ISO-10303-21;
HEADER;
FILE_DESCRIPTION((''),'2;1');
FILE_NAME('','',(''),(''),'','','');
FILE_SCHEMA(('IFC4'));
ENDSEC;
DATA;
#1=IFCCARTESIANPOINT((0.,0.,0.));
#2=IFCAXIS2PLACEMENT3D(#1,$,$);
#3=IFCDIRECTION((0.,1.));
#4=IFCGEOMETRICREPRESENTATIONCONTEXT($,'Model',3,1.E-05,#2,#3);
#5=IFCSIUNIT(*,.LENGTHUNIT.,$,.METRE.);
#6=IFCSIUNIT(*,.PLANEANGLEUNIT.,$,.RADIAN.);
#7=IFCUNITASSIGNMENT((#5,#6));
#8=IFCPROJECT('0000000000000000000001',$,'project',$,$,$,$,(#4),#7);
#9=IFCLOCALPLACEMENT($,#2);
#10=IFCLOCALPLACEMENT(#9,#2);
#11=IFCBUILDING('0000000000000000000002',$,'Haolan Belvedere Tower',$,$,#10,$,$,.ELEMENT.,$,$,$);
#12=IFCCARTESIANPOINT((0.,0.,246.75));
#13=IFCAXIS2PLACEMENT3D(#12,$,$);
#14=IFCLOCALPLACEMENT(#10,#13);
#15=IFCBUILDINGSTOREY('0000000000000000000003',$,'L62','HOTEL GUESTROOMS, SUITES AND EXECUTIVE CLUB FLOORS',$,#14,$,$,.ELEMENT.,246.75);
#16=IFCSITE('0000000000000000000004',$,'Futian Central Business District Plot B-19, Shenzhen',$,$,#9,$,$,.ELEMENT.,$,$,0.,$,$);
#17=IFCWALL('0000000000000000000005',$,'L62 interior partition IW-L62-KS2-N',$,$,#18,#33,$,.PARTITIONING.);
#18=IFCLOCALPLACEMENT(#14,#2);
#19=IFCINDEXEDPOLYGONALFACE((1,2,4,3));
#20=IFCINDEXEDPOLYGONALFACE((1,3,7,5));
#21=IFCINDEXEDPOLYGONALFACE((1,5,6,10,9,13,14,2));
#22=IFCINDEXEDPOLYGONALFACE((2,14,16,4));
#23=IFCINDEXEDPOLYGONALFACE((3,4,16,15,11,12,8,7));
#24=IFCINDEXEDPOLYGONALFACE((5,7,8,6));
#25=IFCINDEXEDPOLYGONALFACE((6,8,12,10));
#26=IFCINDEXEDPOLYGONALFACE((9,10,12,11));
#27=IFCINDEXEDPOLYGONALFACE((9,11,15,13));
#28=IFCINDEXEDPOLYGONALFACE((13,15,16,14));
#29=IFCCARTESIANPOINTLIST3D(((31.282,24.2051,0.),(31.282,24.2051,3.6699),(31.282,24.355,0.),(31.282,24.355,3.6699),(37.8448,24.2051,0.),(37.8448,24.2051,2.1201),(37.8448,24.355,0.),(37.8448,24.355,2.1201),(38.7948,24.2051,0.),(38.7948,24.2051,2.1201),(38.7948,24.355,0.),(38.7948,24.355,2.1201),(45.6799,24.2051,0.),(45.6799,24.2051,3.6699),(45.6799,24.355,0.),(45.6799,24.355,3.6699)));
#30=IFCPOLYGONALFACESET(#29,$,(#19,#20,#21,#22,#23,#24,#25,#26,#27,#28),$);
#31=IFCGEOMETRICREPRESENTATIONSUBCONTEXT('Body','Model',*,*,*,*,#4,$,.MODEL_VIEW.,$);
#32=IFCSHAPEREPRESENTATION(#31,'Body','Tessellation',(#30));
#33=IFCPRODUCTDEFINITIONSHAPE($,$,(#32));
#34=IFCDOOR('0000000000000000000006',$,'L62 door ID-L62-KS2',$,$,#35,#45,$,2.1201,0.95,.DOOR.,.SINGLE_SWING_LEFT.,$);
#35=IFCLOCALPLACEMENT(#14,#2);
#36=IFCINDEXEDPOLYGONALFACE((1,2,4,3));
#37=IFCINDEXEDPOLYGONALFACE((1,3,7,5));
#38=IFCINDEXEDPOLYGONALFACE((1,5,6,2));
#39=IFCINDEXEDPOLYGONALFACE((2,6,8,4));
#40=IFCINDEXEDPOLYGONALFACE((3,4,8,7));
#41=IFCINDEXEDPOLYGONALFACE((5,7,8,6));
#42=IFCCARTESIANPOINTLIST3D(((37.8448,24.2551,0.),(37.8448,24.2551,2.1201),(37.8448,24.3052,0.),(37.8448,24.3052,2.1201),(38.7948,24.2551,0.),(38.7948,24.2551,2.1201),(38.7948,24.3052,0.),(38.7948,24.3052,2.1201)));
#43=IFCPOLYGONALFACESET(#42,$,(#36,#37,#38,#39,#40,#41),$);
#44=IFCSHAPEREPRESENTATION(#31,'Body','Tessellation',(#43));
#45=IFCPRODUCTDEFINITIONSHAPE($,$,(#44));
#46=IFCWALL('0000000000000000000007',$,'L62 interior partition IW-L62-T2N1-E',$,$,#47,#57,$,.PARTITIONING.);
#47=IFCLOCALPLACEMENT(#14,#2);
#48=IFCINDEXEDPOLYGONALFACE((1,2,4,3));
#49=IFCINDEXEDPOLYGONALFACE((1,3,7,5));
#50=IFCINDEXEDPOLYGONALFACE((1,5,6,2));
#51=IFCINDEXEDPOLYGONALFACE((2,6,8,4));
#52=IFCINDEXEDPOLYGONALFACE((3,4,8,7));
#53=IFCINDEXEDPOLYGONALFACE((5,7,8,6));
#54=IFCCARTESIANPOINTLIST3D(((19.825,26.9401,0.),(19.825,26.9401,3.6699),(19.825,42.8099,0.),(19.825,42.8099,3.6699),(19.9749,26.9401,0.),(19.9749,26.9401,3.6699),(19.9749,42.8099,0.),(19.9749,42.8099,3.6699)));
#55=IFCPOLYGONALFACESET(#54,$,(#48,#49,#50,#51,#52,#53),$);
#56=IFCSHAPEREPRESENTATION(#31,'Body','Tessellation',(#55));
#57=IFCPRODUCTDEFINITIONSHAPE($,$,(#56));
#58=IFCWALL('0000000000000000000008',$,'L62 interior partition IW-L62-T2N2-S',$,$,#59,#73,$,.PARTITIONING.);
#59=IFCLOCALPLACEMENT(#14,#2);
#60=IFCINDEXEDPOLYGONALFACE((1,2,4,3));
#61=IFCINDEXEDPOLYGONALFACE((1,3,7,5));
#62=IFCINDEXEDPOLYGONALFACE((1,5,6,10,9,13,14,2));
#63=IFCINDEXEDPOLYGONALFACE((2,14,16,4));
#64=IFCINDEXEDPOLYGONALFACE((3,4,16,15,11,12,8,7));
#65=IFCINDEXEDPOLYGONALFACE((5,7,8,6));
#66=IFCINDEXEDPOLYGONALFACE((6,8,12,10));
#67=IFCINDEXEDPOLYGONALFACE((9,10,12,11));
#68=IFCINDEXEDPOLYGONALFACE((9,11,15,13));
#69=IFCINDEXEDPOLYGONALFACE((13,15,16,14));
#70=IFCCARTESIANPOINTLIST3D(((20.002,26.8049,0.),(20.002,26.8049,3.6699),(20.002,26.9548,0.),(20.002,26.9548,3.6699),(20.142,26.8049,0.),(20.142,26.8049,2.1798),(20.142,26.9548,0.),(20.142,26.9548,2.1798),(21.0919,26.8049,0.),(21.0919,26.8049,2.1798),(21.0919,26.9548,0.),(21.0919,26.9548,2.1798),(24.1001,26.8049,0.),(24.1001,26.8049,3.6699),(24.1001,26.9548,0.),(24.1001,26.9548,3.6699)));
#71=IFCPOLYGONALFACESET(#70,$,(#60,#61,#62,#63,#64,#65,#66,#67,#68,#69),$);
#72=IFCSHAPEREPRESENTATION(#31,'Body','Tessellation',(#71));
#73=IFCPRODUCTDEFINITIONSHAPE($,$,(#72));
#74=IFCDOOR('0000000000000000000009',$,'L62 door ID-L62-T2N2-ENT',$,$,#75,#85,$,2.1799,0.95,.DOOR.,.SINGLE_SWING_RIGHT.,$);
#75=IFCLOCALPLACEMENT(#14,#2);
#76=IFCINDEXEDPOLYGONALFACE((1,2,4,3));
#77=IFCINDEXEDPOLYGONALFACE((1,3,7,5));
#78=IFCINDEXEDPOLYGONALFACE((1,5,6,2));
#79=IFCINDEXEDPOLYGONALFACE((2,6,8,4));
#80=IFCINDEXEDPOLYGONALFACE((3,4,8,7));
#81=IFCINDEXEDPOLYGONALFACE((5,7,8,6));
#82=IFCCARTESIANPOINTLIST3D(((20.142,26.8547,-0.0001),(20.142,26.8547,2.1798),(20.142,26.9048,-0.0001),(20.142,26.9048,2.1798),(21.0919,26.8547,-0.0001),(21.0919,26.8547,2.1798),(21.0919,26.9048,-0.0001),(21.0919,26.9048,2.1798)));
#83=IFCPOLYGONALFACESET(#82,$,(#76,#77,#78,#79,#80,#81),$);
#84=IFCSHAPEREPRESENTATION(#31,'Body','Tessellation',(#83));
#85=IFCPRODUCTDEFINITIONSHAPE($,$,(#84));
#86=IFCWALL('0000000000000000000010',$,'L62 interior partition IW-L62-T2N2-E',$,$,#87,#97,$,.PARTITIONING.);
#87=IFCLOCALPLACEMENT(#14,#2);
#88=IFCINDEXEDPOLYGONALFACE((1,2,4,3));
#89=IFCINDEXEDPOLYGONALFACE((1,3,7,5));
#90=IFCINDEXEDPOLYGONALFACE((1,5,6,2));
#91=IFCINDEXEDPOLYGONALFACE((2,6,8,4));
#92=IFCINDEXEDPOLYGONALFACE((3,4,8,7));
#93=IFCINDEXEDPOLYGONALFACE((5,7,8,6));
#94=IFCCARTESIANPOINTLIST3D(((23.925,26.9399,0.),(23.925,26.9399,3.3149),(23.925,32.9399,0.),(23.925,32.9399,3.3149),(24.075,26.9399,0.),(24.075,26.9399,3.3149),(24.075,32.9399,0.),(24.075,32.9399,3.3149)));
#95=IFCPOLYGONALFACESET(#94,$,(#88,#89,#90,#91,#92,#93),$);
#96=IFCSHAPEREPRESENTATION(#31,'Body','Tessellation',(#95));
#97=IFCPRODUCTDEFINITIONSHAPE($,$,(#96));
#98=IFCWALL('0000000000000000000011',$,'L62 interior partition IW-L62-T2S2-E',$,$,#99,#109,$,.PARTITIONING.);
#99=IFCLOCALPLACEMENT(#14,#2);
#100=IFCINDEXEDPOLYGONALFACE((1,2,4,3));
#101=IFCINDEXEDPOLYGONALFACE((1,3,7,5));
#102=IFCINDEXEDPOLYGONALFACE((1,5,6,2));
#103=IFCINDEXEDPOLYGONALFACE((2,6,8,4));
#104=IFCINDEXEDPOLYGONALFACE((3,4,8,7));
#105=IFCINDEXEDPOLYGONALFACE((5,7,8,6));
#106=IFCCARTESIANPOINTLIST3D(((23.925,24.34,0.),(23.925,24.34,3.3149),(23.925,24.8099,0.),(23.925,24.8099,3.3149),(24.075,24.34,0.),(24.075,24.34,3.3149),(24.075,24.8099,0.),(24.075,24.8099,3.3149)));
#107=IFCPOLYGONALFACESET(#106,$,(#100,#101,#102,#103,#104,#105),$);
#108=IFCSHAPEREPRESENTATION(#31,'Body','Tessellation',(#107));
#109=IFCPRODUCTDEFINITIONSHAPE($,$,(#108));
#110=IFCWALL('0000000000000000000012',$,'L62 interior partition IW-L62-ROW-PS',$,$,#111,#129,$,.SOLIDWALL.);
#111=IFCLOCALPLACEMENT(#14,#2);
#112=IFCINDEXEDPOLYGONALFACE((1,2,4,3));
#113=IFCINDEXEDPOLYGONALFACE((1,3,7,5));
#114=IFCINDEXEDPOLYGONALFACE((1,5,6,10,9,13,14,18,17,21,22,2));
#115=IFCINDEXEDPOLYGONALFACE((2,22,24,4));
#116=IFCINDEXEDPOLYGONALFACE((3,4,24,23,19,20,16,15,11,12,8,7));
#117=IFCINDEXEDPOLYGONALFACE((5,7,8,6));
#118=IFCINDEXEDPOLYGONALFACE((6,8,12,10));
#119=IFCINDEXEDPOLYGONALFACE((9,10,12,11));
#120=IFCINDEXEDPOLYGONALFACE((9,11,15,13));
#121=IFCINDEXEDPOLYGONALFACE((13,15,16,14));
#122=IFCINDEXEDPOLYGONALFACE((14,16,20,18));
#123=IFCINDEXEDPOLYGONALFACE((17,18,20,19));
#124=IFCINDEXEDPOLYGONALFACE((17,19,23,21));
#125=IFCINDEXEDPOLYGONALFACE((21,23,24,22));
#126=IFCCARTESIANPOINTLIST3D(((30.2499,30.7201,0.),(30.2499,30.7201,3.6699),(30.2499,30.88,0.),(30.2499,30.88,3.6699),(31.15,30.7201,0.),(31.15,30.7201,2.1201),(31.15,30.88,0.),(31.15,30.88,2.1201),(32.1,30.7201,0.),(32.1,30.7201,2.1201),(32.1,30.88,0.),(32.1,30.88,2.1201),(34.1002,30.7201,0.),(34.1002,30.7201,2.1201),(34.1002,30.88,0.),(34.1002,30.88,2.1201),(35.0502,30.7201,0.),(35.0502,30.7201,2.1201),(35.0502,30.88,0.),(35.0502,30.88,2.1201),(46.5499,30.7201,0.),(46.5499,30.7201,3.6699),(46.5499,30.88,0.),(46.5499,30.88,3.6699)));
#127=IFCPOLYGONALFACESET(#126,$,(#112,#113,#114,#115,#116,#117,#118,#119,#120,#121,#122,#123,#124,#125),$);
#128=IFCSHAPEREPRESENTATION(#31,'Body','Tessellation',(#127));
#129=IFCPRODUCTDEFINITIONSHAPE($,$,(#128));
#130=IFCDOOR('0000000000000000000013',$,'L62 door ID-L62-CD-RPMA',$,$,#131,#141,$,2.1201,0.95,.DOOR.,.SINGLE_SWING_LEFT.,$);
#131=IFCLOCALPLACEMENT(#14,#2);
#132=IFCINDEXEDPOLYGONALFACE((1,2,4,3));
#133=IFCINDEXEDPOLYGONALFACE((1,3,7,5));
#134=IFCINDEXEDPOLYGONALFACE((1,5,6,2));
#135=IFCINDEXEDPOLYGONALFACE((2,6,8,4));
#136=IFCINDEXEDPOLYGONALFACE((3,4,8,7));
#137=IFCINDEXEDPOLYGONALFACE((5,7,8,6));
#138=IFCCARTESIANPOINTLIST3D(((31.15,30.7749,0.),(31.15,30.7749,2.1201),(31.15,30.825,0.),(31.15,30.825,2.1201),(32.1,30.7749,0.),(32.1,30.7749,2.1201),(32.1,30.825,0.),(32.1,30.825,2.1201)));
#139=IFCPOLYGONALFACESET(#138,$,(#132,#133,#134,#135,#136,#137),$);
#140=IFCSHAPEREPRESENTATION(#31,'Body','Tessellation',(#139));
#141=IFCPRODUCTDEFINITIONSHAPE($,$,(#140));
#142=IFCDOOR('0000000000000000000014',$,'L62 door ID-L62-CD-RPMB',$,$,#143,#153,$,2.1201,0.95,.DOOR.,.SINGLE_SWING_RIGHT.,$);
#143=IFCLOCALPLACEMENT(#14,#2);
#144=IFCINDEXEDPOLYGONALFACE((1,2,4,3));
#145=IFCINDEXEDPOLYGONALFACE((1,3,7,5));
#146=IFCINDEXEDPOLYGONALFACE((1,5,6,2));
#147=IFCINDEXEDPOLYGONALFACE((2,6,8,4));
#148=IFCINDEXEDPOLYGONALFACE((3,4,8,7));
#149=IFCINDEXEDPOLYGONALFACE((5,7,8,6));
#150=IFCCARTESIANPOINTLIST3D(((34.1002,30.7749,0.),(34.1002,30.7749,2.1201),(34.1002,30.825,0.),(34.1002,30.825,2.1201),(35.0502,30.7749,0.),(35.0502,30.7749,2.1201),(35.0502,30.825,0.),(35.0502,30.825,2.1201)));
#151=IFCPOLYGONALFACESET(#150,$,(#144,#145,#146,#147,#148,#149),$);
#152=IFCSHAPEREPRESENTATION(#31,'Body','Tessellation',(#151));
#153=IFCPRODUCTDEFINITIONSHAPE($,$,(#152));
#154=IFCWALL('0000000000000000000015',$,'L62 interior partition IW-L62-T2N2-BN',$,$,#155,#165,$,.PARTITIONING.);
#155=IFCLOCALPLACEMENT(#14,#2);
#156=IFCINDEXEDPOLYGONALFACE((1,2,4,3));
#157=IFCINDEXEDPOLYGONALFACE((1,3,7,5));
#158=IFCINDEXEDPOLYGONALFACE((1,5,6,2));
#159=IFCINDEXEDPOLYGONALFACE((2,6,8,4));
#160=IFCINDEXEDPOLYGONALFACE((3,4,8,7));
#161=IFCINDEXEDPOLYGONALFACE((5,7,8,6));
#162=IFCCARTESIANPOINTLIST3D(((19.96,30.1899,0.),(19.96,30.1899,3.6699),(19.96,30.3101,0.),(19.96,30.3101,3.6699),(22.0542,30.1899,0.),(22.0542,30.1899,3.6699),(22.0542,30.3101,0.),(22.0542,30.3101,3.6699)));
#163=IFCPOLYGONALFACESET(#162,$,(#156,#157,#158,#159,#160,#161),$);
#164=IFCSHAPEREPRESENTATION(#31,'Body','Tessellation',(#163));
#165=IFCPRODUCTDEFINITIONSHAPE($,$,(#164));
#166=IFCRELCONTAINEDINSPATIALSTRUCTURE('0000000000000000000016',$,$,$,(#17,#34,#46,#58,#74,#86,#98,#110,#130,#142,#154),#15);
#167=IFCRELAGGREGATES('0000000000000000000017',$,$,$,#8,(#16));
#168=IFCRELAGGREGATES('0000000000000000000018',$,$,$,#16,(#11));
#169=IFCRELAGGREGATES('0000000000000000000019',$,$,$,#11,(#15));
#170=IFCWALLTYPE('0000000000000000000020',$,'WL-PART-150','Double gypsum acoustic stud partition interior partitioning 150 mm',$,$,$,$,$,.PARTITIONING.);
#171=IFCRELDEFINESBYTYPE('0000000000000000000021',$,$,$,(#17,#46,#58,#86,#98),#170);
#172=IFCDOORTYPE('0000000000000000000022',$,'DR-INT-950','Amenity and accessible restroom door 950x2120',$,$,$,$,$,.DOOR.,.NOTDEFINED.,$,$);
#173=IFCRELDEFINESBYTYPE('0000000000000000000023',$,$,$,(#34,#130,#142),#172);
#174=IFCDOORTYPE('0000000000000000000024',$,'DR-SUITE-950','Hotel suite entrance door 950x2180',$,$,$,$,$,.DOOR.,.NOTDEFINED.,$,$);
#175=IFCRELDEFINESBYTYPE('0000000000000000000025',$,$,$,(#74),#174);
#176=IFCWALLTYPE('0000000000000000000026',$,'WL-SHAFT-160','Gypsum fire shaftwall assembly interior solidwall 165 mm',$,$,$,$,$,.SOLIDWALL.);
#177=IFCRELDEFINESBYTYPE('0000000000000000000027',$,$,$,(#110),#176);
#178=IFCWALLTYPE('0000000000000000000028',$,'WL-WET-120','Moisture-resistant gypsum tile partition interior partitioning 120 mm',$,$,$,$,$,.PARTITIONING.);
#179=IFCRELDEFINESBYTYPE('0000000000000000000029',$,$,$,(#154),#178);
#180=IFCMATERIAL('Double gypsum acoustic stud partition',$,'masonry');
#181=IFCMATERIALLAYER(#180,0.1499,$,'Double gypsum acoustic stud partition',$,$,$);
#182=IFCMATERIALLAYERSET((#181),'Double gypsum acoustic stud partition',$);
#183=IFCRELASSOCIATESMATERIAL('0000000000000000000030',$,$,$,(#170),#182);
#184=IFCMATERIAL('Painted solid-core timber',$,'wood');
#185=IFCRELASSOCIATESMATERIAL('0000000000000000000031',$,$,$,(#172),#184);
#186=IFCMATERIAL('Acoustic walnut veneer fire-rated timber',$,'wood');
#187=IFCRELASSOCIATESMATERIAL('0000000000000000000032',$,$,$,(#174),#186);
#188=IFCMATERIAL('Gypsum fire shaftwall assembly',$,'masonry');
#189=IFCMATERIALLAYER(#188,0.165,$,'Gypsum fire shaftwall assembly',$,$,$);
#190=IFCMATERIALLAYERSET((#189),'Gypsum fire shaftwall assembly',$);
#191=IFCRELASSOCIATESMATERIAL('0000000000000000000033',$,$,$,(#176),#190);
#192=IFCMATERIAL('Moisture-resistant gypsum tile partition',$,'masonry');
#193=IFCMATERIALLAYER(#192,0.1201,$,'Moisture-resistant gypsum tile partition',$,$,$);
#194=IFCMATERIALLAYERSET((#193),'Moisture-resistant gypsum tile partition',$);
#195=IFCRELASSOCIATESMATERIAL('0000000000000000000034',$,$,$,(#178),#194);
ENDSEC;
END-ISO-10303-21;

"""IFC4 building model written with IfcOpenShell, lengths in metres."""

from ifc_helpers import new_model, si_unit, direction, frame, frame_2d, origin, place, context, subcontext, project, spatial, rectangle, extrude, material, layer, layer_set, type_object, element, fill, save


model = new_model("IFC4")

# Units and contexts
model_context = context("Model", 3, precision=1e-05, world=origin(), true_north=direction((0.0, 1.0)))
body_context = subcontext(model_context, "Body", "Model", "MODEL_VIEW")
ifc_project = project(units=[si_unit("LENGTHUNIT", "METRE"), si_unit("PLANEANGLEUNIT", "RADIAN")], contexts=[model_context])

# Site, building, storey
site_placement = place(None, origin())
site = spatial("IfcSite", under=ifc_project, at=site_placement, Name="Futian Central Business District Plot B-19, Shenzhen", CompositionType="ELEMENT", RefElevation=0.0)
building_placement = place(site_placement, origin())
building = spatial("IfcBuilding", under=site, at=building_placement, Name="Haolan Belvedere Tower", CompositionType="ELEMENT")
storey_placement = place(building_placement, frame((0.0, 0.0, 246.75)))
storey = spatial("IfcBuildingStorey", under=building, at=storey_placement, Name="L62", Description="HOTEL GUESTROOMS, SUITES AND EXECUTIVE CLUB FLOORS", CompositionType="ELEMENT", Elevation=246.75)

# Wall, opening, door
ifc_material_1 = material(Name="Double gypsum acoustic stud partition", Category="masonry")
ifc_layer_1 = layer(ifc_material_1, 0.1499, Name="Double gypsum acoustic stud partition")
ifc_layer_set_1 = layer_set([ifc_layer_1], Name="Double gypsum acoustic stud partition")
wall_type_1 = type_object("IfcWallType", Name="WL-PART-150", Description="Double gypsum acoustic stud partition interior partitioning 150 mm", PredefinedType="PARTITIONING", material=ifc_layer_set_1)
wall_1_placement = place(storey_placement, frame((31.282, 24.28, 0.0), z_axis=(0.0, 0.0, 1.0), x_axis=(1.0, 0.0, 0.0)))
wall_1 = element("IfcWall", 1, at=wall_1_placement, inside=storey, type_object=wall_type_1, Name="L62 interior partition IW-L62-KS2-N", PredefinedType="PARTITIONING", context=body_context, shape_type="SweptSolid", body=[
    extrude(rectangle(XDim=14.3979, YDim=0.1499, at=frame_2d((7.199, 0.0))), origin(), (0.0, 0.0, 1.0), 3.6699),
])
opening_1_placement = place(wall_1_placement, frame((7.5129, 0.0, 0.0), z_axis=(0.0, 0.0, 1.0), x_axis=(-1.0, 0.0, 0.0)))
opening_1 = element("IfcOpeningElement", 2, at=opening_1_placement, cuts=wall_1, PredefinedType="OPENING", context=body_context, shape_type="SweptSolid", body=[
    extrude(rectangle(XDim=0.95, YDim=2.1201, at=frame_2d((0.4751, 1.0601))), frame((0.0, 0.085, 0.0), z_axis=(0.0, -1.0, 0.0), x_axis=(1.0, 0.0, 0.0)), (0.0, 0.0, 1.0), 0.1699),
])
ifc_material_2 = material(Name="Painted solid-core timber", Category="wood")
door_type_1 = type_object("IfcDoorType", Name="DR-INT-950", Description="Amenity and accessible restroom door 950x2120", OperationType="NOTDEFINED", PredefinedType="DOOR", material=ifc_material_2)
door_1_placement = place(opening_1_placement, origin())
door_1 = element("IfcDoor", 3, at=door_1_placement, inside=storey, type_object=door_type_1, Name="L62 door ID-L62-KS2", OperationType="SINGLE_SWING_LEFT", OverallHeight=2.1201, OverallWidth=0.95, PredefinedType="DOOR", context=body_context, shape_type="SweptSolid", body=[
    extrude(rectangle(XDim=0.95, YDim=2.1201, at=frame_2d((0.4751, 1.0601))), frame((0.0, 0.0249, 0.0), z_axis=(0.0, -1.0, 0.0), x_axis=(1.0, 0.0, 0.0)), (0.0, 0.0, 1.0), 0.05),
])
fill(opening_1, door_1)

# Wall
wall_2_placement = place(storey_placement, frame((19.8999, 26.9399, 0.0), z_axis=(0.0, 0.0, 1.0), x_axis=(0.0, 1.0, 0.0)))
element("IfcWall", 4, at=wall_2_placement, inside=storey, type_object=wall_type_1, Name="L62 interior partition IW-L62-T2N1-E", PredefinedType="PARTITIONING", context=body_context, shape_type="SweptSolid", body=[
    extrude(rectangle(XDim=15.8699, YDim=0.1499, at=frame_2d((7.9351, 0.0))), origin(), (0.0, 0.0, 1.0), 3.6699),
])

# Wall, opening, door
wall_3_placement = place(storey_placement, frame((20.002, 26.8799, 0.0), z_axis=(0.0, 0.0, 1.0), x_axis=(1.0, 0.0, 0.0)))
wall_3 = element("IfcWall", 5, at=wall_3_placement, inside=storey, type_object=wall_type_1, Name="L62 interior partition IW-L62-T2N2-S", PredefinedType="PARTITIONING", context=body_context, shape_type="SweptSolid", body=[
    extrude(rectangle(XDim=4.0981, YDim=0.1499, at=frame_2d((2.0491, 0.0))), origin(), (0.0, 0.0, 1.0), 3.6699),
])
opening_2_placement = place(wall_3_placement, frame((0.1399, 0.0, 0.0)))
opening_2 = element("IfcOpeningElement", 6, at=opening_2_placement, cuts=wall_3, PredefinedType="OPENING", context=body_context, shape_type="SweptSolid", body=[
    extrude(rectangle(XDim=0.95, YDim=2.1799, at=frame_2d((0.4751, 1.0898))), frame((0.0, 0.085, 0.0), z_axis=(0.0, -1.0, 0.0), x_axis=(1.0, 0.0, 0.0)), (0.0, 0.0, 1.0), 0.1699),
])
ifc_material_3 = material(Name="Acoustic walnut veneer fire-rated timber", Category="wood")
door_type_2 = type_object("IfcDoorType", Name="DR-SUITE-950", Description="Hotel suite entrance door 950x2180", OperationType="NOTDEFINED", PredefinedType="DOOR", material=ifc_material_3)
door_2_placement = place(opening_2_placement, origin())
door_2 = element("IfcDoor", 7, at=door_2_placement, inside=storey, type_object=door_type_2, Name="L62 door ID-L62-T2N2-ENT", OperationType="SINGLE_SWING_RIGHT", OverallHeight=2.1799, OverallWidth=0.95, PredefinedType="DOOR", context=body_context, shape_type="SweptSolid", body=[
    extrude(rectangle(XDim=0.95, YDim=2.1799, at=frame_2d((0.4751, 1.0898))), frame((0.0, 0.0249, 0.0), z_axis=(0.0, -1.0, 0.0), x_axis=(1.0, 0.0, 0.0)), (0.0, 0.0, 1.0), 0.05),
])
fill(opening_2, door_2)

# Walls
wall_4_placement = place(storey_placement, frame((24.0, 26.9399, 0.0), z_axis=(0.0, 0.0, 1.0), x_axis=(0.0, 1.0, 0.0)))
element("IfcWall", 8, at=wall_4_placement, inside=storey, type_object=wall_type_1, Name="L62 interior partition IW-L62-T2N2-E", PredefinedType="PARTITIONING", context=body_context, shape_type="SweptSolid", body=[
    extrude(rectangle(XDim=6.0, YDim=0.1499, at=frame_2d((3.0, 0.0))), origin(), (0.0, 0.0, 1.0), 3.3149),
])
wall_5_placement = place(storey_placement, frame((24.0, 24.3401, 0.0), z_axis=(0.0, 0.0, 1.0), x_axis=(0.0, 1.0, 0.0)))
element("IfcWall", 9, at=wall_5_placement, inside=storey, type_object=wall_type_1, Name="L62 interior partition IW-L62-T2S2-E", PredefinedType="PARTITIONING", context=body_context, shape_type="SweptSolid", body=[
    extrude(rectangle(XDim=0.47, YDim=0.1499, at=frame_2d((0.2349, 0.0))), origin(), (0.0, 0.0, 1.0), 3.3149),
])

# Wall, openings, doors
ifc_material_4 = material(Name="Gypsum fire shaftwall assembly", Category="masonry")
ifc_layer_2 = layer(ifc_material_4, 0.165, Name="Gypsum fire shaftwall assembly")
ifc_layer_set_2 = layer_set([ifc_layer_2], Name="Gypsum fire shaftwall assembly")
wall_type_2 = type_object("IfcWallType", Name="WL-SHAFT-160", Description="Gypsum fire shaftwall assembly interior solidwall 165 mm", PredefinedType="SOLIDWALL", material=ifc_layer_set_2)
wall_6_placement = place(storey_placement, frame((30.25, 30.8, 0.0), z_axis=(0.0, 0.0, 1.0), x_axis=(1.0, 0.0, 0.0)))
wall_6 = element("IfcWall", 10, at=wall_6_placement, inside=storey, type_object=wall_type_2, Name="L62 interior partition IW-L62-ROW-PS", PredefinedType="SOLIDWALL", context=body_context, shape_type="SweptSolid", body=[
    extrude(rectangle(XDim=16.3, YDim=0.1599, at=frame_2d((8.1499, 0.0))), origin(), (0.0, 0.0, 1.0), 3.6699),
])
opening_3_placement = place(wall_6_placement, frame((0.8999, 0.0, 0.0)))
opening_3 = element("IfcOpeningElement", 11, at=opening_3_placement, cuts=wall_6, PredefinedType="OPENING", context=body_context, shape_type="SweptSolid", body=[
    extrude(rectangle(XDim=0.95, YDim=2.1201, at=frame_2d((0.4751, 1.0601))), frame((0.0, 0.0898, 0.0), z_axis=(0.0, -1.0, 0.0), x_axis=(1.0, 0.0, 0.0)), (0.0, 0.0, 1.0), 0.1799),
])
opening_4_placement = place(wall_6_placement, frame((3.8501, 0.0, 0.0)))
opening_4 = element("IfcOpeningElement", 12, at=opening_4_placement, cuts=wall_6, PredefinedType="OPENING", context=body_context, shape_type="SweptSolid", body=[
    extrude(rectangle(XDim=0.95, YDim=2.1201, at=frame_2d((0.4751, 1.0601))), frame((0.0, 0.0898, 0.0), z_axis=(0.0, -1.0, 0.0), x_axis=(1.0, 0.0, 0.0)), (0.0, 0.0, 1.0), 0.1799),
])
door_3_placement = place(opening_3_placement, origin())
door_3 = element("IfcDoor", 13, at=door_3_placement, inside=storey, type_object=door_type_1, Name="L62 door ID-L62-CD-RPMA", OperationType="SINGLE_SWING_LEFT", OverallHeight=2.1201, OverallWidth=0.95, PredefinedType="DOOR", context=body_context, shape_type="SweptSolid", body=[
    extrude(rectangle(XDim=0.95, YDim=2.1201, at=frame_2d((0.4751, 1.0601))), frame((0.0, 0.0249, 0.0), z_axis=(0.0, -1.0, 0.0), x_axis=(1.0, 0.0, 0.0)), (0.0, 0.0, 1.0), 0.05),
])
fill(opening_3, door_3)
door_4_placement = place(opening_4_placement, origin())
door_4 = element("IfcDoor", 14, at=door_4_placement, inside=storey, type_object=door_type_1, Name="L62 door ID-L62-CD-RPMB", OperationType="SINGLE_SWING_RIGHT", OverallHeight=2.1201, OverallWidth=0.95, PredefinedType="DOOR", context=body_context, shape_type="SweptSolid", body=[
    extrude(rectangle(XDim=0.95, YDim=2.1201, at=frame_2d((0.4751, 1.0601))), frame((0.0, 0.0249, 0.0), z_axis=(0.0, -1.0, 0.0), x_axis=(1.0, 0.0, 0.0)), (0.0, 0.0, 1.0), 0.05),
])
fill(opening_4, door_4)

# Wall
ifc_material_5 = material(Name="Moisture-resistant gypsum tile partition", Category="masonry")
ifc_layer_3 = layer(ifc_material_5, 0.1201, Name="Moisture-resistant gypsum tile partition")
ifc_layer_set_3 = layer_set([ifc_layer_3], Name="Moisture-resistant gypsum tile partition")
wall_type_3 = type_object("IfcWallType", Name="WL-WET-120", Description="Moisture-resistant gypsum tile partition interior partitioning 120 mm", PredefinedType="PARTITIONING", material=ifc_layer_set_3)
for number, where, z_axis, x_axis, name in (
    (15, (19.96, 30.25, 0.0), (0.0, 0.0, 1.0), (1.0, 0.0, 0.0), "L62 interior partition IW-L62-T2N2-BN"),
):
    element("IfcWall", number, at=place(storey_placement, frame(where, z_axis=z_axis, x_axis=x_axis)), inside=storey, type_object=wall_type_3, Name=name, PredefinedType="PARTITIONING", context=body_context, shape_type="SweptSolid", body=[
        extrude(rectangle(XDim=2.0942, YDim=0.1201, at=frame_2d((1.0471, 0.0))), origin(), (0.0, 0.0, 1.0), 3.6699),
    ])

save(model, "model.ifc")
